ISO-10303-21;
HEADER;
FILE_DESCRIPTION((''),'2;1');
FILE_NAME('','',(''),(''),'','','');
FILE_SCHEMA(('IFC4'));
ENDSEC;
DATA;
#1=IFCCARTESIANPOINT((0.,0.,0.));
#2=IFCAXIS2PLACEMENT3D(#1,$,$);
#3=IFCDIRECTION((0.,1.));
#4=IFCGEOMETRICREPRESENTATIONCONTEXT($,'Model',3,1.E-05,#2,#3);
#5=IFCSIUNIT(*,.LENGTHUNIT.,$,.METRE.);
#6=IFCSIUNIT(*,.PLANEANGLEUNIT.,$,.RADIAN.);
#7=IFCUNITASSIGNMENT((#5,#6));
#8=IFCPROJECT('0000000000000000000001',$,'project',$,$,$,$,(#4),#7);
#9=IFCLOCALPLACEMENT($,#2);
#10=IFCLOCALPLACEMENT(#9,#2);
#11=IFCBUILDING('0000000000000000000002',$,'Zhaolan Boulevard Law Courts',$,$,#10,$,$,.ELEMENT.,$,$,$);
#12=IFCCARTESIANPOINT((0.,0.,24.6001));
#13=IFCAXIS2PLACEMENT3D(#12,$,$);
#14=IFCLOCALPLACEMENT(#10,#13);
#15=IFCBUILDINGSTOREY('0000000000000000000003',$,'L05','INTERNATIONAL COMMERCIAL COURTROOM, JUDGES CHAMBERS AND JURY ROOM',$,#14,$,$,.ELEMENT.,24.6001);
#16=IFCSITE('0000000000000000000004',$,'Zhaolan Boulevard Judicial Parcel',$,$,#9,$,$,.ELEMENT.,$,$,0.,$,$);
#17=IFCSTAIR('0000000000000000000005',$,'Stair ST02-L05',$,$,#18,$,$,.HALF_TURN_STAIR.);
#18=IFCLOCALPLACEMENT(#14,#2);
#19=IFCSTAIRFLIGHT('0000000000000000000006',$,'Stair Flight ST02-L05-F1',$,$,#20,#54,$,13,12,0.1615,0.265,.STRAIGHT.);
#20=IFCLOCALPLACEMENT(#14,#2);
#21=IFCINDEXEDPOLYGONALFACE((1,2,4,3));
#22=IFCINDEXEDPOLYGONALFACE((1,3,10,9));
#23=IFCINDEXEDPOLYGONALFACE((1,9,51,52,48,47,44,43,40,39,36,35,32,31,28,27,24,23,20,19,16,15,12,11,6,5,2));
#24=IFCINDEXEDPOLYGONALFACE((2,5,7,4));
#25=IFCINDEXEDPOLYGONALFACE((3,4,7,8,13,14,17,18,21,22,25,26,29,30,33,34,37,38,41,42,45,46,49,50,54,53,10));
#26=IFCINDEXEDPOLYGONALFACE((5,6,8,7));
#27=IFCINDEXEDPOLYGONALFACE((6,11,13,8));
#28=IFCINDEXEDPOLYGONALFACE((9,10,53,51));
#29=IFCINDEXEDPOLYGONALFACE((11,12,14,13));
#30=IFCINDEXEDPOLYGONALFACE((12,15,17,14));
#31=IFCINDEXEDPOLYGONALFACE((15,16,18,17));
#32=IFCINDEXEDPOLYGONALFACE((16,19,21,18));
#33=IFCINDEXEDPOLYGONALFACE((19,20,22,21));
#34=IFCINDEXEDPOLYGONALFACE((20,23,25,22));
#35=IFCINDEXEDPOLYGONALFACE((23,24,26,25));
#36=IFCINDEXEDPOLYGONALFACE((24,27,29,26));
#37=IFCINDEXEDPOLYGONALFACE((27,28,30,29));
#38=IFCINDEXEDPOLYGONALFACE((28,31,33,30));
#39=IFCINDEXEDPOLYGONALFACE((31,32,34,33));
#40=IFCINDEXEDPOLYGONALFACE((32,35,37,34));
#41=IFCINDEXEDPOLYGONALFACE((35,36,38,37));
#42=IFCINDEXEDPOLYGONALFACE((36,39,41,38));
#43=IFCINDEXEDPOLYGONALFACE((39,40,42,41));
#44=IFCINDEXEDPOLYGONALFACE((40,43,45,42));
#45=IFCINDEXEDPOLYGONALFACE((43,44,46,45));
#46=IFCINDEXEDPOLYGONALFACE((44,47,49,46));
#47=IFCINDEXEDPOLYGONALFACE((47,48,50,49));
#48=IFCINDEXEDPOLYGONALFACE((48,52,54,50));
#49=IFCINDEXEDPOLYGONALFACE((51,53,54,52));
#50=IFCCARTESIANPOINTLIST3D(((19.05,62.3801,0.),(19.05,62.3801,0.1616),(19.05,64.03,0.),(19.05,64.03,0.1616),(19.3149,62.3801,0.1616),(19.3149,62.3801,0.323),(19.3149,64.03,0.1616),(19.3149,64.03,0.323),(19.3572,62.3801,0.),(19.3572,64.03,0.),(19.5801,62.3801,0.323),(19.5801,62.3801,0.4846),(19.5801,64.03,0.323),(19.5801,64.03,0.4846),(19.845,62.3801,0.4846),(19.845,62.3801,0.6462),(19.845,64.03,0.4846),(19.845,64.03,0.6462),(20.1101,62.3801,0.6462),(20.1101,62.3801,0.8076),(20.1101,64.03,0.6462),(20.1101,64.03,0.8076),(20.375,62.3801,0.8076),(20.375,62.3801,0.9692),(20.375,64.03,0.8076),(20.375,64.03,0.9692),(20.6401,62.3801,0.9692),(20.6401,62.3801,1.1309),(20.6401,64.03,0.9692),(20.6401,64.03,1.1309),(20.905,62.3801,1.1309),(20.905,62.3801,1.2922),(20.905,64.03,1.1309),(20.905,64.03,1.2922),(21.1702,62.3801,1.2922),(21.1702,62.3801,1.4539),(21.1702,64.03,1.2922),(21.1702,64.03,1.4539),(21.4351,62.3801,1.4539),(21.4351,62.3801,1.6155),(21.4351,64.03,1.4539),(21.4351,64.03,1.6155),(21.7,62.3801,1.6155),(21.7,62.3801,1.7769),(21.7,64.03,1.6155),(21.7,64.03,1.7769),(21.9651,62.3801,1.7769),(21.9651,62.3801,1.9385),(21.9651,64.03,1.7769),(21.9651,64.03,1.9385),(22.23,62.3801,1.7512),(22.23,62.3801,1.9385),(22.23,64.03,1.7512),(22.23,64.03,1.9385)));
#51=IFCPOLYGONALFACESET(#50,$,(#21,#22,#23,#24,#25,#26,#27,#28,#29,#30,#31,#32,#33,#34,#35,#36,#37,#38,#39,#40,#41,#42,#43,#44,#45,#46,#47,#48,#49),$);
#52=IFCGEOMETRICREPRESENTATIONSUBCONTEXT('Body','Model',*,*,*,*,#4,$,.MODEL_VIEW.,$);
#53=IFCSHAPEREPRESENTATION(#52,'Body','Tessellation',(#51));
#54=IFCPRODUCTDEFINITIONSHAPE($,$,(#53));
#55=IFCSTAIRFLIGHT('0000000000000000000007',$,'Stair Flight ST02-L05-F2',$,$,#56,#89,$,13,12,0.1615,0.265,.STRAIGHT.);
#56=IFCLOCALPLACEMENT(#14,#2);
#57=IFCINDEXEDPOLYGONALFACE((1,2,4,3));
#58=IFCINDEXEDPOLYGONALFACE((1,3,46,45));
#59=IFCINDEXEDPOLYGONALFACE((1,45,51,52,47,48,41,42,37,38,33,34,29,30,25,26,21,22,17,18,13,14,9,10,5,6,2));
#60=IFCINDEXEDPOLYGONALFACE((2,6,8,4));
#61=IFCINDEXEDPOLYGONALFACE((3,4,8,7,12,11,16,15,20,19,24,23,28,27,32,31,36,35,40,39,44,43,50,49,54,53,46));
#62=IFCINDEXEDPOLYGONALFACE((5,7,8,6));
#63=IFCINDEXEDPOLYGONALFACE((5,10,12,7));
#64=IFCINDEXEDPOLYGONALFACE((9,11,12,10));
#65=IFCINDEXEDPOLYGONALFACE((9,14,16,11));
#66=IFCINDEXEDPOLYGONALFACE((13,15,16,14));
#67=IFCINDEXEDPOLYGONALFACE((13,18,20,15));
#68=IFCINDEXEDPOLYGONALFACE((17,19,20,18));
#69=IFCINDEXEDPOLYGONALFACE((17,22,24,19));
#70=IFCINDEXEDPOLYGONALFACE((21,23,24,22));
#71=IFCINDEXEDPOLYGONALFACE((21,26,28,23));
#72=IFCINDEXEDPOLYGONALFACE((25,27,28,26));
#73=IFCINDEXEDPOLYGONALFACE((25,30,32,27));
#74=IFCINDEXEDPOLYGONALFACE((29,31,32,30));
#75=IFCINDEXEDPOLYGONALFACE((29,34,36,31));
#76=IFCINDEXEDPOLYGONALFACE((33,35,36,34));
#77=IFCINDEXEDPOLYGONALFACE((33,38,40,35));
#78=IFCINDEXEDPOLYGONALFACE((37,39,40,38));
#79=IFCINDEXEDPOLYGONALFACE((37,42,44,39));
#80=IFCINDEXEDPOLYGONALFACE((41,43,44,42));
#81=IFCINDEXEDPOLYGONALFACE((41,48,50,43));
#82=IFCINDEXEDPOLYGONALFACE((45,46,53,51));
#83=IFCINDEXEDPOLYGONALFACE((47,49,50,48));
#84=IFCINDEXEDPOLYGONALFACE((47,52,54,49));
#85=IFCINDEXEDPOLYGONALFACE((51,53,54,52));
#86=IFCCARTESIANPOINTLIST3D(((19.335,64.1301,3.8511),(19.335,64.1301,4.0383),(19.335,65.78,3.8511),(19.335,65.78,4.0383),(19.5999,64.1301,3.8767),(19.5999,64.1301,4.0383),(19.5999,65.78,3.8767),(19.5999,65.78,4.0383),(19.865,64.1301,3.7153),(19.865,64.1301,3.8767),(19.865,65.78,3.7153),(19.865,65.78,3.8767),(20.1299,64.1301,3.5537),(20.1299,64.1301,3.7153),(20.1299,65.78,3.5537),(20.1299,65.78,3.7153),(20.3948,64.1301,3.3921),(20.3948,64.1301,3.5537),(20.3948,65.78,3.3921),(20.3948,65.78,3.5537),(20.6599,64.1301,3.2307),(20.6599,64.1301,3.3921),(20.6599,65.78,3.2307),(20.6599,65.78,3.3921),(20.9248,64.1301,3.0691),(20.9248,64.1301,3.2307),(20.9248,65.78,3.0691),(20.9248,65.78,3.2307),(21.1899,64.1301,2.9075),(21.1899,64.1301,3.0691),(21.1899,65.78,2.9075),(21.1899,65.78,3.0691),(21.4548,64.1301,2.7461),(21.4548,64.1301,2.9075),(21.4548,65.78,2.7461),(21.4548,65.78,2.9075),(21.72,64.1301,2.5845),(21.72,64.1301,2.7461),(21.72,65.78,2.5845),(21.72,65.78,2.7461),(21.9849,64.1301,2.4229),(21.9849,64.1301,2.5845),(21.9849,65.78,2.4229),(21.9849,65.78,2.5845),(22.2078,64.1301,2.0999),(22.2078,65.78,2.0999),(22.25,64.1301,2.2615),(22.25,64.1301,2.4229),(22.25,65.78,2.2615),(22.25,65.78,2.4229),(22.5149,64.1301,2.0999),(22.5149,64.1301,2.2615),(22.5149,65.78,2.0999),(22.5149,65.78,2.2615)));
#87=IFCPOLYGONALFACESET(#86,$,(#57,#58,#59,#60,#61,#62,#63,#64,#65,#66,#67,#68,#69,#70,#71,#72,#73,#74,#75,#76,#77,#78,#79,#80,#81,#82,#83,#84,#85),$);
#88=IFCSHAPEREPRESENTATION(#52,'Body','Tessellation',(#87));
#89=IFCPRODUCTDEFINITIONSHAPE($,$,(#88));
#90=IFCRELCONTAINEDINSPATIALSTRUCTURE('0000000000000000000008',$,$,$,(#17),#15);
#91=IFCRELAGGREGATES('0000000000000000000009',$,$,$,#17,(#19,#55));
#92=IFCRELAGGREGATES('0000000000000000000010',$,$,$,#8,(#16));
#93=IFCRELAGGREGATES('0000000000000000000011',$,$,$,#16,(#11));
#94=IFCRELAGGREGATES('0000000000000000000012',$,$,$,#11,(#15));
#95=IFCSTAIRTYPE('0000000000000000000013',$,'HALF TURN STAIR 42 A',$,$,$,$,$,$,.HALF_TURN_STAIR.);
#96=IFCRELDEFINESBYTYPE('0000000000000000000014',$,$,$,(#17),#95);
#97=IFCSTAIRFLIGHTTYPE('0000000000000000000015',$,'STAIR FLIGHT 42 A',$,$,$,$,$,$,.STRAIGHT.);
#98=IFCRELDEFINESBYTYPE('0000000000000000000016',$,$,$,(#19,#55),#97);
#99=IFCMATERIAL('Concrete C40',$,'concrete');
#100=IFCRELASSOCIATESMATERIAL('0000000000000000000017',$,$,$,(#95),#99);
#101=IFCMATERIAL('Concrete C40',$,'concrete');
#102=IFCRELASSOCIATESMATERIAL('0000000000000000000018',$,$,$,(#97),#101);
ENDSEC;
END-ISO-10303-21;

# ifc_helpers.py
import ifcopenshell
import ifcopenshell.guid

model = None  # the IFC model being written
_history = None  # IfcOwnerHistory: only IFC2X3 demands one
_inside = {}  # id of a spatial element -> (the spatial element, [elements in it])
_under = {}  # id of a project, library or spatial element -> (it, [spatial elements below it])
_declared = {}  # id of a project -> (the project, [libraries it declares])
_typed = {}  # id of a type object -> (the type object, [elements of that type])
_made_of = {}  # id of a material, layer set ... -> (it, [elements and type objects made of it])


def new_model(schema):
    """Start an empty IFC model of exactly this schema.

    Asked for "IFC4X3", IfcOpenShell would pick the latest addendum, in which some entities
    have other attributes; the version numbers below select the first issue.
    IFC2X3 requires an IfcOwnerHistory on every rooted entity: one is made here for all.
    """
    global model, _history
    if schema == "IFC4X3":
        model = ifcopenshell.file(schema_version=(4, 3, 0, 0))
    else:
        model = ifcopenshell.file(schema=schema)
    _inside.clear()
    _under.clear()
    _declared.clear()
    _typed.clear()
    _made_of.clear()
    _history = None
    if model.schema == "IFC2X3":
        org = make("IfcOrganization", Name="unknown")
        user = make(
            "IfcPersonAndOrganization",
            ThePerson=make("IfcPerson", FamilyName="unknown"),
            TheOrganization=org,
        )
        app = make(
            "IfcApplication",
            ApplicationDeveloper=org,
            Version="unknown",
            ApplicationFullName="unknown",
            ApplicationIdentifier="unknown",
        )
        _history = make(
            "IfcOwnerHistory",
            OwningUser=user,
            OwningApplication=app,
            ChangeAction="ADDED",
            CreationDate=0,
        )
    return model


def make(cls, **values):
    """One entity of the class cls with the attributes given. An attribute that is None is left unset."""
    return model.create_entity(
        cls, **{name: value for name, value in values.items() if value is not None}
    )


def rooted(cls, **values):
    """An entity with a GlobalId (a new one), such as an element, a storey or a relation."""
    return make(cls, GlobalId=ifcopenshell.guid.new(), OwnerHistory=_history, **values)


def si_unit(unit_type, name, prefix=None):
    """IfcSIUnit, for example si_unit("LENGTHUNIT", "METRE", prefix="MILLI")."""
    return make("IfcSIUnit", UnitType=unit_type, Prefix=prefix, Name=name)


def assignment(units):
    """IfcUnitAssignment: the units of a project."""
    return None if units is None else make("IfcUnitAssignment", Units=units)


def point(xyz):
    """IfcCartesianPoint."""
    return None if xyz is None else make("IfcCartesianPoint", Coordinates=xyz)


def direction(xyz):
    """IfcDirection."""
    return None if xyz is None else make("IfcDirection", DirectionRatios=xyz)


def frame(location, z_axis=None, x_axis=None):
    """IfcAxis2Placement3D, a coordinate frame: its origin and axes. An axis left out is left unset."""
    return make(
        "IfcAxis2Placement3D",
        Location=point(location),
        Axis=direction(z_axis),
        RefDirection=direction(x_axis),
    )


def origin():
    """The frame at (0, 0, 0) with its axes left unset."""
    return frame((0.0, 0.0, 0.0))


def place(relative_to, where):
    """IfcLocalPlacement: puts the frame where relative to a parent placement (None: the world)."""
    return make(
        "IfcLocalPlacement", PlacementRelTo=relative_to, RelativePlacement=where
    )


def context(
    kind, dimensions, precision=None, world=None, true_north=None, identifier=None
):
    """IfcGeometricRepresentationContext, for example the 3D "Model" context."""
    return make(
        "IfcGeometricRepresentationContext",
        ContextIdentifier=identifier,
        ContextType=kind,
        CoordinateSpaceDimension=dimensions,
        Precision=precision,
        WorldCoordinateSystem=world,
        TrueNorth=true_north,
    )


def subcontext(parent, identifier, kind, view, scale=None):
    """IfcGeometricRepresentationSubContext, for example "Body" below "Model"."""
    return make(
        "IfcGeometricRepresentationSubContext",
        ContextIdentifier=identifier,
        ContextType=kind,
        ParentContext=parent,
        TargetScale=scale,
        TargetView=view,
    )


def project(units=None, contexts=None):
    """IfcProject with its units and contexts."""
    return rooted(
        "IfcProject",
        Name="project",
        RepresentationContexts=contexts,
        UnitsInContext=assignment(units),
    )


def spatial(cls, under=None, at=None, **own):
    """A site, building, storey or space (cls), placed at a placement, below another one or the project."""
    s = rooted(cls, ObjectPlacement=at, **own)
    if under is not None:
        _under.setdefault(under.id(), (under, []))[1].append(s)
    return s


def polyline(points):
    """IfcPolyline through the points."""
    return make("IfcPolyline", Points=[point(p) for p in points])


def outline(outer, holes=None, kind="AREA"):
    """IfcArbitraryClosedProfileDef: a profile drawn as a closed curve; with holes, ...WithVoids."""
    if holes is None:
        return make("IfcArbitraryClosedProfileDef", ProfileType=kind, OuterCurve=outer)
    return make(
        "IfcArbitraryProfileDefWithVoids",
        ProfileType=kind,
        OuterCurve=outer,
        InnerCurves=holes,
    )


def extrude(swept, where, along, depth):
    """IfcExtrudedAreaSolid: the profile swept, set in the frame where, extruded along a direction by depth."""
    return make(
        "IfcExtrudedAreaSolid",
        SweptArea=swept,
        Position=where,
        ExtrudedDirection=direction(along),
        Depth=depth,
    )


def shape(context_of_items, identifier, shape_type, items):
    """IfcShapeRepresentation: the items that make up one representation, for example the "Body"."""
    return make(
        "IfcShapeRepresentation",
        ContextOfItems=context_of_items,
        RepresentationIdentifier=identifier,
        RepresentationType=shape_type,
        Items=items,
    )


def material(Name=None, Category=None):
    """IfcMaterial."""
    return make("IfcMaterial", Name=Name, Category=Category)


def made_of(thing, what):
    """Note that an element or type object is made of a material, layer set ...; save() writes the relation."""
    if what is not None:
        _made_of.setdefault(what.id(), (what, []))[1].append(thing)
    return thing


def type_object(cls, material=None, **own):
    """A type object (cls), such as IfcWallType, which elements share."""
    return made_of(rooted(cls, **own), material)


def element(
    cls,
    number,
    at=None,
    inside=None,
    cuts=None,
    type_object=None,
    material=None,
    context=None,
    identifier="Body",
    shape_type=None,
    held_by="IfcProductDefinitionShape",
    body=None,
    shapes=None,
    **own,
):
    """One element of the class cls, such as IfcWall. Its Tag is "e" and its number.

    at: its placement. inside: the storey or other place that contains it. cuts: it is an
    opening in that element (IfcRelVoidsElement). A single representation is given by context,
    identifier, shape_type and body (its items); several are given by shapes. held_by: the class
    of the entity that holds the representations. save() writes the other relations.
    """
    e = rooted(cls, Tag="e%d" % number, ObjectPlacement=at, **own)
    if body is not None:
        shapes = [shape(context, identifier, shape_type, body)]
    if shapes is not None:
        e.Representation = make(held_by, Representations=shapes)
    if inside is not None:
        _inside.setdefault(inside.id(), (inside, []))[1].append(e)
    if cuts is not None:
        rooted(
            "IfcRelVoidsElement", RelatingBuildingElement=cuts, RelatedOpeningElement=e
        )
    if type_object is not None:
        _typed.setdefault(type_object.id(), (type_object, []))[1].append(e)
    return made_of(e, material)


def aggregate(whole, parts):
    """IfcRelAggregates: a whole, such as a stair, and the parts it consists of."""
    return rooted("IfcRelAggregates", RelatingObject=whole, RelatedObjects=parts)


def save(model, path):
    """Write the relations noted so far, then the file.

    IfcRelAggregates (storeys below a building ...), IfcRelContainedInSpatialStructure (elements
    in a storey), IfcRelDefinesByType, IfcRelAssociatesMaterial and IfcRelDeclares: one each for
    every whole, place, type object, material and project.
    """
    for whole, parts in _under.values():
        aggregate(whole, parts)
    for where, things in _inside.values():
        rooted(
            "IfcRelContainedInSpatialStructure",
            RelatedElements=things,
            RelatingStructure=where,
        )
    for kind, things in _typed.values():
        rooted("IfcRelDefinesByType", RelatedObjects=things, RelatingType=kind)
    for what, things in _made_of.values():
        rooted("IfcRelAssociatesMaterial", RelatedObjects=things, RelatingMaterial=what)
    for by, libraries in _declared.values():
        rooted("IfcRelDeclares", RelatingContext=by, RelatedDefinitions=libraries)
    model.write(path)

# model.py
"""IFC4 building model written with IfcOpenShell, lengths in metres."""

from ifc_helpers import new_model, si_unit, direction, frame, origin, place, context, subcontext, project, spatial, polyline, outline, extrude, material, type_object, element, aggregate, save


model = new_model("IFC4")

# Units and contexts
model_context = context("Model", 3, precision=1e-05, world=origin(), true_north=direction((0.0, 1.0)))
body_context = subcontext(model_context, "Body", "Model", "MODEL_VIEW")
ifc_project = project(units=[si_unit("LENGTHUNIT", "METRE"), si_unit("PLANEANGLEUNIT", "RADIAN")], contexts=[model_context])

# Site, building, storey
site_placement = place(None, origin())
site = spatial("IfcSite", under=ifc_project, at=site_placement, Name="Zhaolan Boulevard Judicial Parcel", CompositionType="ELEMENT", RefElevation=0.0)
building_placement = place(site_placement, origin())
building = spatial("IfcBuilding", under=site, at=building_placement, Name="Zhaolan Boulevard Law Courts", CompositionType="ELEMENT")
storey_placement = place(building_placement, frame((0.0, 0.0, 24.6001)))
storey = spatial("IfcBuildingStorey", under=building, at=storey_placement, Name="L05", Description="INTERNATIONAL COMMERCIAL COURTROOM, JUDGES CHAMBERS AND JURY ROOM", CompositionType="ELEMENT", Elevation=24.6001)

# Stair, stair flights
ifc_material_1 = material(Name="Concrete C40", Category="concrete")
stair_type = type_object("IfcStairType", Name="HALF TURN STAIR 42 A", PredefinedType="HALF_TURN_STAIR", material=ifc_material_1)
stair_placement = place(storey_placement, origin())
stair = element("IfcStair", 1, at=stair_placement, inside=storey, type_object=stair_type, Name="Stair ST02-L05", PredefinedType="HALF_TURN_STAIR")
ifc_material_2 = material(Name="Concrete C40", Category="concrete")
stair_flight_type = type_object("IfcStairFlightType", Name="STAIR FLIGHT 42 A", PredefinedType="STRAIGHT", material=ifc_material_2)
stair_flight_1_placement = place(storey_placement, frame((19.05, 63.2051, 0.0), z_axis=(0.0, 0.0, 1.0), x_axis=(1.0, 0.0, 0.0)))
stair_flight_1 = element("IfcStairFlight", 2, at=stair_flight_1_placement, type_object=stair_flight_type, Name="Stair Flight ST02-L05-F1", NumberOfRisers=13, NumberOfTreads=12, PredefinedType="STRAIGHT", RiserHeight=0.1615, TreadLength=0.265, context=body_context, shape_type="SweptSolid", body=[
    extrude(outline(polyline([(0.0, 0.0), (0.0, 0.1616), (0.2649, 0.1616), (0.2649, 0.323), (0.53, 0.323), (0.53, 0.4846), (0.7949, 0.4846), (0.7949, 0.6462), (1.0601, 0.6462), (1.0601, 0.8076), (1.325, 0.8076), (1.325, 0.9692), (1.5901, 0.9692), (1.5901, 1.1309), (1.855, 1.1309), (1.855, 1.2922), (2.1201, 1.2922), (2.1201, 1.4539), (2.385, 1.4539), (2.385, 1.6155), (2.6499, 1.6155), (2.6499, 1.7769), (2.915, 1.7769), (2.915, 1.9385), (3.1799, 1.9385), (3.1799, 2.1001), (3.1799, 1.7512), (0.3071, 0.0), (0.0, 0.0)])), frame((0.0, 0.825, 0.0), z_axis=(0.0, -1.0, 0.0), x_axis=(1.0, 0.0, 0.0)), (0.0, 0.0, 1.0), 1.6499),
])
stair_flight_2_placement = place(storey_placement, frame((22.5149, 64.9551, 2.0999), z_axis=(0.0, 0.0, 1.0), x_axis=(-1.0, 0.0, 0.0)))
stair_flight_2 = element("IfcStairFlight", 3, at=stair_flight_2_placement, type_object=stair_flight_type, Name="Stair Flight ST02-L05-F2", NumberOfRisers=13, NumberOfTreads=12, PredefinedType="STRAIGHT", RiserHeight=0.1615, TreadLength=0.265, context=body_context, shape_type="SweptSolid", body=[
    extrude(outline(polyline([(0.0, 0.0), (0.0, 0.1616), (0.2649, 0.1616), (0.2649, 0.323), (0.53, 0.323), (0.53, 0.4846), (0.7949, 0.4846), (0.7949, 0.6462), (1.0601, 0.6462), (1.0601, 0.8076), (1.325, 0.8076), (1.325, 0.9692), (1.5901, 0.9692), (1.5901, 1.1309), (1.855, 1.1309), (1.855, 1.2922), (2.1201, 1.2922), (2.1201, 1.4539), (2.385, 1.4539), (2.385, 1.6155), (2.6499, 1.6155), (2.6499, 1.7769), (2.915, 1.7769), (2.915, 1.9385), (3.1799, 1.9385), (3.1799, 2.1001), (3.1799, 1.7512), (0.3071, 0.0), (0.0, 0.0)])), frame((0.0, 0.825, 0.0), z_axis=(0.0, -1.0, 0.0), x_axis=(1.0, 0.0, 0.0)), (0.0, 0.0, 1.0), 1.6499),
])
aggregate(stair, [stair_flight_1, stair_flight_2])

save(model, "model.ifc")
